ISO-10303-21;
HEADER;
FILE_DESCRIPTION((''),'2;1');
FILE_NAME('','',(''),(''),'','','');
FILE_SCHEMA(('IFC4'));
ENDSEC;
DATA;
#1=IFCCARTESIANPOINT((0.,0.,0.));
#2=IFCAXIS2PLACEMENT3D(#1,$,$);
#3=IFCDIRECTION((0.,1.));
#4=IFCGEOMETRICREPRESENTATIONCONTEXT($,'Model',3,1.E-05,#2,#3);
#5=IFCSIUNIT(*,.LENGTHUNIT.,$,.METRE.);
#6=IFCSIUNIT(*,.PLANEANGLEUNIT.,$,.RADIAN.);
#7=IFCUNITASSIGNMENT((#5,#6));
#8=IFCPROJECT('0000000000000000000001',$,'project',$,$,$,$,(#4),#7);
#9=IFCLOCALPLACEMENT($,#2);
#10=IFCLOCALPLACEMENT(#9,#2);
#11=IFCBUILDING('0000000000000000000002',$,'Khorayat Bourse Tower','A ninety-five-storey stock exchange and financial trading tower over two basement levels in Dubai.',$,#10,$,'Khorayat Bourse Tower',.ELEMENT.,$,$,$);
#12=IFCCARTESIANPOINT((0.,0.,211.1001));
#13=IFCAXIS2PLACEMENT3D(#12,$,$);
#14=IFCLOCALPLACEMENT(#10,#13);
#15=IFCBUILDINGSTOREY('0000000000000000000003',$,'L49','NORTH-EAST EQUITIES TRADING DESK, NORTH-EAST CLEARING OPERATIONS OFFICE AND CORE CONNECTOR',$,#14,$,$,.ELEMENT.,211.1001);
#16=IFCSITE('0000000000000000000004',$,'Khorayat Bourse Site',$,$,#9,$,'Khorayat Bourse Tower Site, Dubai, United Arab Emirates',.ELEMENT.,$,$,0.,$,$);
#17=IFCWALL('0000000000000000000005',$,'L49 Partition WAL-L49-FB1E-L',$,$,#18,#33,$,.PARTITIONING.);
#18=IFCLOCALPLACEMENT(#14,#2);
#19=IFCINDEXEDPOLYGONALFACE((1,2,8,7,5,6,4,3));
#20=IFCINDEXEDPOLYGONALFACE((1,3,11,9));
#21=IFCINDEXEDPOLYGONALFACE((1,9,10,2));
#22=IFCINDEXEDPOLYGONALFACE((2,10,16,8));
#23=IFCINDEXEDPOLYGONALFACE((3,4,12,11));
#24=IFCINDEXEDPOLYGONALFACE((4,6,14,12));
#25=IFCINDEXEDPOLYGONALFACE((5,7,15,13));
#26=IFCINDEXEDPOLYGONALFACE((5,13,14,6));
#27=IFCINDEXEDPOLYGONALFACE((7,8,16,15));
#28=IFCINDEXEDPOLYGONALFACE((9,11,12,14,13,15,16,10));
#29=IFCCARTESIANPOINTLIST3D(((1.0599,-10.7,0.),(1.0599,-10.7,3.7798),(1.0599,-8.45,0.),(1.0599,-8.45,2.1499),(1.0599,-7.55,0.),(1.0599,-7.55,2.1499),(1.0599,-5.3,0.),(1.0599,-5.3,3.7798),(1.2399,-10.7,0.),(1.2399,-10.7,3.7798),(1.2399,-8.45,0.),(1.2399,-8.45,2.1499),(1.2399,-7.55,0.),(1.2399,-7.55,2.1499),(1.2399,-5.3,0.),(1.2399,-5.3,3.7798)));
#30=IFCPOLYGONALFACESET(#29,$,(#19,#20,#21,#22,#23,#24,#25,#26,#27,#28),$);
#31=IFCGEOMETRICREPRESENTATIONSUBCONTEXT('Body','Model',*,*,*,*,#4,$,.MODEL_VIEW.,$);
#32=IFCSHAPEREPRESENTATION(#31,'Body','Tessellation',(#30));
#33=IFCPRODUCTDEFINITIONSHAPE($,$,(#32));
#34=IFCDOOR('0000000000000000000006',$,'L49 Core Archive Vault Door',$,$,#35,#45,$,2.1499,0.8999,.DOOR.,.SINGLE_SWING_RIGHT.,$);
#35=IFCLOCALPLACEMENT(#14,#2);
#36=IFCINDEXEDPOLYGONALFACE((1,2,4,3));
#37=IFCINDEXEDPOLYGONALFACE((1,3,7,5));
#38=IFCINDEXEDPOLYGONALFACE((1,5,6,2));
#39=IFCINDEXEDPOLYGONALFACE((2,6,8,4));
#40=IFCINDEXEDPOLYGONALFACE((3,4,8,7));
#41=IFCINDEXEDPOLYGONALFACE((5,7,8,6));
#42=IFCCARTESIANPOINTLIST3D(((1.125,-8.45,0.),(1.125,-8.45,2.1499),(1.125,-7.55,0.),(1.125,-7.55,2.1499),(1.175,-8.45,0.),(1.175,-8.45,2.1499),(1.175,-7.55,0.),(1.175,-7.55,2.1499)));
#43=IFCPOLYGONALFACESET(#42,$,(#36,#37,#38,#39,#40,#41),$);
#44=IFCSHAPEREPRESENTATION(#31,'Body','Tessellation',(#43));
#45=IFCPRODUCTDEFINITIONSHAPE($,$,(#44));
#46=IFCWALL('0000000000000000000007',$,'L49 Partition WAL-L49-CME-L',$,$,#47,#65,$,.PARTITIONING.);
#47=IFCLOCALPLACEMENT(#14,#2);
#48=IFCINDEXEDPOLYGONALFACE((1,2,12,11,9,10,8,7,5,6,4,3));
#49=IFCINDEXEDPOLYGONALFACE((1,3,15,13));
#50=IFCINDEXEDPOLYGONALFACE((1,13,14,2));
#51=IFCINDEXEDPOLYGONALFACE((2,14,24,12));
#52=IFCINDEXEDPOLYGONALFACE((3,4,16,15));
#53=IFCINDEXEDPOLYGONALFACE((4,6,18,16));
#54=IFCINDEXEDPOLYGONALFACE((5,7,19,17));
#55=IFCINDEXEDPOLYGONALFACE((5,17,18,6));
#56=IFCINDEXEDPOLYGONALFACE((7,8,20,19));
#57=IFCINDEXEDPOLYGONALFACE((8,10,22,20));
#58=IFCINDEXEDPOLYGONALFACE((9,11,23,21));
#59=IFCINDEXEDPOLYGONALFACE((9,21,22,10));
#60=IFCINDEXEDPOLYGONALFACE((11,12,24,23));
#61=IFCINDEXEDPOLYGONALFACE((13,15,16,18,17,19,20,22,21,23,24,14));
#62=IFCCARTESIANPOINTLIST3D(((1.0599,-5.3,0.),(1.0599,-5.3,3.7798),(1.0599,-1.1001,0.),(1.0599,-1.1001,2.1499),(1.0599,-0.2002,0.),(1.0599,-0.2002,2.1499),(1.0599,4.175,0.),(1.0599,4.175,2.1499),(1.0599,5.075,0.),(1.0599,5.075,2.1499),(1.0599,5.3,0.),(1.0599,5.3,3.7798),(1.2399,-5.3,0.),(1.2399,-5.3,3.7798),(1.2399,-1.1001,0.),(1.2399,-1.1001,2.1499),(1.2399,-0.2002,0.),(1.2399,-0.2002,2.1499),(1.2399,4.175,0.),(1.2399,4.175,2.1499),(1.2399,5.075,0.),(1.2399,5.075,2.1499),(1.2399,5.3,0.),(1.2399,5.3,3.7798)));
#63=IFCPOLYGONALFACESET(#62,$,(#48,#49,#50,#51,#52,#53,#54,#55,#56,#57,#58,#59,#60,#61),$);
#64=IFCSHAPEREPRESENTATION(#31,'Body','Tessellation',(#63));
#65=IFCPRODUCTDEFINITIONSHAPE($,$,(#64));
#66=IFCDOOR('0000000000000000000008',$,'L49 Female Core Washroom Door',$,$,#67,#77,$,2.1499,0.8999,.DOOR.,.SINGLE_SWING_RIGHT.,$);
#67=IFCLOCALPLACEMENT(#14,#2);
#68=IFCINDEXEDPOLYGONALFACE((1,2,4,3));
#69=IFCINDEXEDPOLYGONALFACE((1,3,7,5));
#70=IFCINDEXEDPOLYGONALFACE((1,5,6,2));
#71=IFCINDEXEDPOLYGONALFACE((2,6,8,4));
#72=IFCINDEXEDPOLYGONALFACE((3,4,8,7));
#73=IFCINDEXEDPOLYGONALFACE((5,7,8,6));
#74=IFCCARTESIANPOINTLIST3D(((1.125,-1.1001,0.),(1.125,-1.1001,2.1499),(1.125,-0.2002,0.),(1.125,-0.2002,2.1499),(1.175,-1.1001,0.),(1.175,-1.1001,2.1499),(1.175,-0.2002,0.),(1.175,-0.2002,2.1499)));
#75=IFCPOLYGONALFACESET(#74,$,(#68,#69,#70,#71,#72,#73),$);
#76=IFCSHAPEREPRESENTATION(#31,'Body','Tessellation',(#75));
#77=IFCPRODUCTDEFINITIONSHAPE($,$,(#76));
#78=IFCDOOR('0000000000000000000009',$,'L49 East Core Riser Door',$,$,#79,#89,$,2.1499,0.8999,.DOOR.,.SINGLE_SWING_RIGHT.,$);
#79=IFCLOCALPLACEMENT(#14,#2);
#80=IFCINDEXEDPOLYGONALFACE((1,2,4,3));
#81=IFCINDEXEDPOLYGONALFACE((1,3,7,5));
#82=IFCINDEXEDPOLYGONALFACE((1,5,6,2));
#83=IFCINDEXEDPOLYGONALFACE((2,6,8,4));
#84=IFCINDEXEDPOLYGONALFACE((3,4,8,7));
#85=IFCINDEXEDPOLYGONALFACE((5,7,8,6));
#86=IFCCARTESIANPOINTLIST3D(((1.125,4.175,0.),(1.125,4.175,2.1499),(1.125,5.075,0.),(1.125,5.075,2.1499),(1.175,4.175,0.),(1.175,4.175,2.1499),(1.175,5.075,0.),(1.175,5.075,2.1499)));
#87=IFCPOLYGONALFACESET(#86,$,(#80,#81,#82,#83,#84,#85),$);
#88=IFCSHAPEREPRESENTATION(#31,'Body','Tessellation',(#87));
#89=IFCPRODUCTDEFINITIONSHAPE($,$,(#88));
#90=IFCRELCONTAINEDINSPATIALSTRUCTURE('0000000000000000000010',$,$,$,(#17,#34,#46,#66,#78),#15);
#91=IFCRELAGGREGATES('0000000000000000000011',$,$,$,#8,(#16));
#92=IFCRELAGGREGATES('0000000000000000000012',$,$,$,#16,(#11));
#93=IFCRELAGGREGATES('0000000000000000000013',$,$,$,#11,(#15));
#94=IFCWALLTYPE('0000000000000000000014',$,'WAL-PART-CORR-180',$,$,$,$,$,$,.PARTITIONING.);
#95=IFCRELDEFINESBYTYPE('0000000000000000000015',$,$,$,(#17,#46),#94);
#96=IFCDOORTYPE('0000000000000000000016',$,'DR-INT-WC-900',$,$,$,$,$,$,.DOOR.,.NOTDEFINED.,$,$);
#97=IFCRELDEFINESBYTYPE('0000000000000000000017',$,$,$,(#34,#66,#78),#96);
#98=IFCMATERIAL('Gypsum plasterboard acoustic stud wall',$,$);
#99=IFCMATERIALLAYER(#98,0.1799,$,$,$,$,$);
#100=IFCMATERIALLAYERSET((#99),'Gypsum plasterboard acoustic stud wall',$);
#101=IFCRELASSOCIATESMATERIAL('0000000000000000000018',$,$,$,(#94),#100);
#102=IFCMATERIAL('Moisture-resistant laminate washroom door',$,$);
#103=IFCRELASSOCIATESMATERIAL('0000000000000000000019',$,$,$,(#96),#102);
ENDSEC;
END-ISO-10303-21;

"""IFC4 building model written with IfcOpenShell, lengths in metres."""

from ifc_helpers import new_model, si_unit, direction, frame, frame_2d, origin, place, context, subcontext, project, spatial, rectangle, extrude, source, transform, mapped, material, layer, layer_set, type_object, element, fill, save


model = new_model("IFC4")

# Units and contexts
model_context = context("Model", 3, precision=1e-05, world=origin(), true_north=direction((0.0, 1.0)))
body_context = subcontext(model_context, "Body", "Model", "MODEL_VIEW")
ifc_project = project(units=[si_unit("LENGTHUNIT", "METRE"), si_unit("PLANEANGLEUNIT", "RADIAN")], contexts=[model_context])

# Site, building, storey
site_placement = place(None, origin())
site = spatial("IfcSite", under=ifc_project, at=site_placement, Name="Khorayat Bourse Site", LongName="Khorayat Bourse Tower Site, Dubai, United Arab Emirates", CompositionType="ELEMENT", RefElevation=0.0)
building_placement = place(site_placement, origin())
building = spatial("IfcBuilding", under=site, at=building_placement, Name="Khorayat Bourse Tower", Description="A ninety-five-storey stock exchange and financial trading tower over two basement levels in Dubai.", LongName="Khorayat Bourse Tower", CompositionType="ELEMENT")
storey_placement = place(building_placement, frame((0.0, 0.0, 211.1001)))
storey = spatial("IfcBuildingStorey", under=building, at=storey_placement, Name="L49", Description="NORTH-EAST EQUITIES TRADING DESK, NORTH-EAST CLEARING OPERATIONS OFFICE AND CORE CONNECTOR", CompositionType="ELEMENT", Elevation=211.1001)

# Shared definitions
ifc_material_1 = material(Name="Gypsum plasterboard acoustic stud wall")
ifc_layer_1 = layer(ifc_material_1, 0.1799)
ifc_layer_set_1 = layer_set([ifc_layer_1], Name="Gypsum plasterboard acoustic stud wall")
wall_type_1 = type_object("IfcWallType", Name="WAL-PART-CORR-180", PredefinedType="PARTITIONING", material=ifc_layer_set_1)
shared_shape_1 = source(origin(), body_context, "Body", "SweptSolid", [
    extrude(rectangle(XDim=5.3999, YDim=0.1799, at=frame_2d((2.7, 0.0))), origin(), (0.0, 0.0, 1.0), 3.7798),
])
shared_shape_2 = source(origin(), body_context, "Body", "SweptSolid", [
    extrude(rectangle(XDim=0.8999, YDim=2.1499, at=frame_2d((0.45, 1.075))), frame((0.0, 0.0999, 0.0), z_axis=(0.0, -1.0, 0.0), x_axis=(1.0, 0.0, 0.0)), (0.0, 0.0, 1.0), 0.2),
])
ifc_material_2 = material(Name="Moisture-resistant laminate washroom door")
door_type = type_object("IfcDoorType", Name="DR-INT-WC-900", OperationType="NOTDEFINED", PredefinedType="DOOR", material=ifc_material_2)
shared_shape_3 = source(origin(), body_context, "Body", "SweptSolid", [
    extrude(rectangle(XDim=0.8999, YDim=2.1499, at=frame_2d((0.45, 1.075))), frame((0.0, 0.0249, 0.0), z_axis=(0.0, -1.0, 0.0), x_axis=(1.0, 0.0, 0.0)), (0.0, 0.0, 1.0), 0.05),
])

# Wall, opening, door
wall_1_placement = place(storey_placement, frame((1.1499, -10.7, 0.0), z_axis=(0.0, 0.0, 1.0), x_axis=(0.0, 1.0, 0.0)))
wall_1 = element("IfcWall", 1, at=wall_1_placement, inside=storey, type_object=wall_type_1, Name="L49 Partition WAL-L49-FB1E-L", PredefinedType="PARTITIONING", context=body_context, shape_type="MappedRepresentation", body=[
    mapped(shared_shape_1, transform((0.0, 0.0, 0.0), scale=1.0)),
])
opening_1_placement = place(wall_1_placement, frame((2.25, 0.0, 0.0)))
opening_1 = element("IfcOpeningElement", 2, at=opening_1_placement, cuts=wall_1, PredefinedType="OPENING", context=body_context, shape_type="MappedRepresentation", body=[
    mapped(shared_shape_2, transform((0.0, 0.0, 0.0), scale=1.0)),
])
door_1_placement = place(opening_1_placement, origin())
door_1 = element("IfcDoor", 3, at=door_1_placement, inside=storey, type_object=door_type, Name="L49 Core Archive Vault Door", OperationType="SINGLE_SWING_RIGHT", OverallHeight=2.1499, OverallWidth=0.8999, PredefinedType="DOOR", context=body_context, shape_type="MappedRepresentation", body=[
    mapped(shared_shape_3, transform((0.0, 0.0, 0.0), scale=1.0)),
])
fill(opening_1, door_1)

# Wall, openings, doors
shared_shape_4 = source(origin(), body_context, "Body", "SweptSolid", [
    extrude(rectangle(XDim=10.6001, YDim=0.1799, at=frame_2d((5.3, 0.0))), origin(), (0.0, 0.0, 1.0), 3.7798),
])
wall_2_placement = place(storey_placement, frame((1.1499, -5.3, 0.0), z_axis=(0.0, 0.0, 1.0), x_axis=(0.0, 1.0, 0.0)))
wall_2 = element("IfcWall", 4, at=wall_2_placement, inside=storey, type_object=wall_type_1, Name="L49 Partition WAL-L49-CME-L", PredefinedType="PARTITIONING", context=body_context, shape_type="MappedRepresentation", body=[
    mapped(shared_shape_4, transform((0.0, 0.0, 0.0), scale=1.0)),
])
opening_2_placement = place(wall_2_placement, frame((4.2, 0.0, 0.0)))
opening_2 = element("IfcOpeningElement", 5, at=opening_2_placement, cuts=wall_2, PredefinedType="OPENING", context=body_context, shape_type="MappedRepresentation", body=[
    mapped(shared_shape_2, transform((0.0, 0.0, 0.0), scale=1.0)),
])
opening_3_placement = place(wall_2_placement, frame((9.4751, 0.0, 0.0)))
opening_3 = element("IfcOpeningElement", 6, at=opening_3_placement, cuts=wall_2, PredefinedType="OPENING", context=body_context, shape_type="MappedRepresentation", body=[
    mapped(shared_shape_2, transform((0.0, 0.0, 0.0), scale=1.0)),
])
door_2_placement = place(opening_2_placement, origin())
door_2 = element("IfcDoor", 7, at=door_2_placement, inside=storey, type_object=door_type, Name="L49 Female Core Washroom Door", OperationType="SINGLE_SWING_RIGHT", OverallHeight=2.1499, OverallWidth=0.8999, PredefinedType="DOOR", context=body_context, shape_type="MappedRepresentation", body=[
    mapped(shared_shape_3, transform((0.0, 0.0, 0.0), scale=1.0)),
])
fill(opening_2, door_2)
door_3_placement = place(opening_3_placement, origin())
door_3 = element("IfcDoor", 8, at=door_3_placement, inside=storey, type_object=door_type, Name="L49 East Core Riser Door", OperationType="SINGLE_SWING_RIGHT", OverallHeight=2.1499, OverallWidth=0.8999, PredefinedType="DOOR", context=body_context, shape_type="MappedRepresentation", body=[
    mapped(shared_shape_3, transform((0.0, 0.0, 0.0), scale=1.0)),
])
fill(opening_3, door_3)

save(model, "model.ifc")
